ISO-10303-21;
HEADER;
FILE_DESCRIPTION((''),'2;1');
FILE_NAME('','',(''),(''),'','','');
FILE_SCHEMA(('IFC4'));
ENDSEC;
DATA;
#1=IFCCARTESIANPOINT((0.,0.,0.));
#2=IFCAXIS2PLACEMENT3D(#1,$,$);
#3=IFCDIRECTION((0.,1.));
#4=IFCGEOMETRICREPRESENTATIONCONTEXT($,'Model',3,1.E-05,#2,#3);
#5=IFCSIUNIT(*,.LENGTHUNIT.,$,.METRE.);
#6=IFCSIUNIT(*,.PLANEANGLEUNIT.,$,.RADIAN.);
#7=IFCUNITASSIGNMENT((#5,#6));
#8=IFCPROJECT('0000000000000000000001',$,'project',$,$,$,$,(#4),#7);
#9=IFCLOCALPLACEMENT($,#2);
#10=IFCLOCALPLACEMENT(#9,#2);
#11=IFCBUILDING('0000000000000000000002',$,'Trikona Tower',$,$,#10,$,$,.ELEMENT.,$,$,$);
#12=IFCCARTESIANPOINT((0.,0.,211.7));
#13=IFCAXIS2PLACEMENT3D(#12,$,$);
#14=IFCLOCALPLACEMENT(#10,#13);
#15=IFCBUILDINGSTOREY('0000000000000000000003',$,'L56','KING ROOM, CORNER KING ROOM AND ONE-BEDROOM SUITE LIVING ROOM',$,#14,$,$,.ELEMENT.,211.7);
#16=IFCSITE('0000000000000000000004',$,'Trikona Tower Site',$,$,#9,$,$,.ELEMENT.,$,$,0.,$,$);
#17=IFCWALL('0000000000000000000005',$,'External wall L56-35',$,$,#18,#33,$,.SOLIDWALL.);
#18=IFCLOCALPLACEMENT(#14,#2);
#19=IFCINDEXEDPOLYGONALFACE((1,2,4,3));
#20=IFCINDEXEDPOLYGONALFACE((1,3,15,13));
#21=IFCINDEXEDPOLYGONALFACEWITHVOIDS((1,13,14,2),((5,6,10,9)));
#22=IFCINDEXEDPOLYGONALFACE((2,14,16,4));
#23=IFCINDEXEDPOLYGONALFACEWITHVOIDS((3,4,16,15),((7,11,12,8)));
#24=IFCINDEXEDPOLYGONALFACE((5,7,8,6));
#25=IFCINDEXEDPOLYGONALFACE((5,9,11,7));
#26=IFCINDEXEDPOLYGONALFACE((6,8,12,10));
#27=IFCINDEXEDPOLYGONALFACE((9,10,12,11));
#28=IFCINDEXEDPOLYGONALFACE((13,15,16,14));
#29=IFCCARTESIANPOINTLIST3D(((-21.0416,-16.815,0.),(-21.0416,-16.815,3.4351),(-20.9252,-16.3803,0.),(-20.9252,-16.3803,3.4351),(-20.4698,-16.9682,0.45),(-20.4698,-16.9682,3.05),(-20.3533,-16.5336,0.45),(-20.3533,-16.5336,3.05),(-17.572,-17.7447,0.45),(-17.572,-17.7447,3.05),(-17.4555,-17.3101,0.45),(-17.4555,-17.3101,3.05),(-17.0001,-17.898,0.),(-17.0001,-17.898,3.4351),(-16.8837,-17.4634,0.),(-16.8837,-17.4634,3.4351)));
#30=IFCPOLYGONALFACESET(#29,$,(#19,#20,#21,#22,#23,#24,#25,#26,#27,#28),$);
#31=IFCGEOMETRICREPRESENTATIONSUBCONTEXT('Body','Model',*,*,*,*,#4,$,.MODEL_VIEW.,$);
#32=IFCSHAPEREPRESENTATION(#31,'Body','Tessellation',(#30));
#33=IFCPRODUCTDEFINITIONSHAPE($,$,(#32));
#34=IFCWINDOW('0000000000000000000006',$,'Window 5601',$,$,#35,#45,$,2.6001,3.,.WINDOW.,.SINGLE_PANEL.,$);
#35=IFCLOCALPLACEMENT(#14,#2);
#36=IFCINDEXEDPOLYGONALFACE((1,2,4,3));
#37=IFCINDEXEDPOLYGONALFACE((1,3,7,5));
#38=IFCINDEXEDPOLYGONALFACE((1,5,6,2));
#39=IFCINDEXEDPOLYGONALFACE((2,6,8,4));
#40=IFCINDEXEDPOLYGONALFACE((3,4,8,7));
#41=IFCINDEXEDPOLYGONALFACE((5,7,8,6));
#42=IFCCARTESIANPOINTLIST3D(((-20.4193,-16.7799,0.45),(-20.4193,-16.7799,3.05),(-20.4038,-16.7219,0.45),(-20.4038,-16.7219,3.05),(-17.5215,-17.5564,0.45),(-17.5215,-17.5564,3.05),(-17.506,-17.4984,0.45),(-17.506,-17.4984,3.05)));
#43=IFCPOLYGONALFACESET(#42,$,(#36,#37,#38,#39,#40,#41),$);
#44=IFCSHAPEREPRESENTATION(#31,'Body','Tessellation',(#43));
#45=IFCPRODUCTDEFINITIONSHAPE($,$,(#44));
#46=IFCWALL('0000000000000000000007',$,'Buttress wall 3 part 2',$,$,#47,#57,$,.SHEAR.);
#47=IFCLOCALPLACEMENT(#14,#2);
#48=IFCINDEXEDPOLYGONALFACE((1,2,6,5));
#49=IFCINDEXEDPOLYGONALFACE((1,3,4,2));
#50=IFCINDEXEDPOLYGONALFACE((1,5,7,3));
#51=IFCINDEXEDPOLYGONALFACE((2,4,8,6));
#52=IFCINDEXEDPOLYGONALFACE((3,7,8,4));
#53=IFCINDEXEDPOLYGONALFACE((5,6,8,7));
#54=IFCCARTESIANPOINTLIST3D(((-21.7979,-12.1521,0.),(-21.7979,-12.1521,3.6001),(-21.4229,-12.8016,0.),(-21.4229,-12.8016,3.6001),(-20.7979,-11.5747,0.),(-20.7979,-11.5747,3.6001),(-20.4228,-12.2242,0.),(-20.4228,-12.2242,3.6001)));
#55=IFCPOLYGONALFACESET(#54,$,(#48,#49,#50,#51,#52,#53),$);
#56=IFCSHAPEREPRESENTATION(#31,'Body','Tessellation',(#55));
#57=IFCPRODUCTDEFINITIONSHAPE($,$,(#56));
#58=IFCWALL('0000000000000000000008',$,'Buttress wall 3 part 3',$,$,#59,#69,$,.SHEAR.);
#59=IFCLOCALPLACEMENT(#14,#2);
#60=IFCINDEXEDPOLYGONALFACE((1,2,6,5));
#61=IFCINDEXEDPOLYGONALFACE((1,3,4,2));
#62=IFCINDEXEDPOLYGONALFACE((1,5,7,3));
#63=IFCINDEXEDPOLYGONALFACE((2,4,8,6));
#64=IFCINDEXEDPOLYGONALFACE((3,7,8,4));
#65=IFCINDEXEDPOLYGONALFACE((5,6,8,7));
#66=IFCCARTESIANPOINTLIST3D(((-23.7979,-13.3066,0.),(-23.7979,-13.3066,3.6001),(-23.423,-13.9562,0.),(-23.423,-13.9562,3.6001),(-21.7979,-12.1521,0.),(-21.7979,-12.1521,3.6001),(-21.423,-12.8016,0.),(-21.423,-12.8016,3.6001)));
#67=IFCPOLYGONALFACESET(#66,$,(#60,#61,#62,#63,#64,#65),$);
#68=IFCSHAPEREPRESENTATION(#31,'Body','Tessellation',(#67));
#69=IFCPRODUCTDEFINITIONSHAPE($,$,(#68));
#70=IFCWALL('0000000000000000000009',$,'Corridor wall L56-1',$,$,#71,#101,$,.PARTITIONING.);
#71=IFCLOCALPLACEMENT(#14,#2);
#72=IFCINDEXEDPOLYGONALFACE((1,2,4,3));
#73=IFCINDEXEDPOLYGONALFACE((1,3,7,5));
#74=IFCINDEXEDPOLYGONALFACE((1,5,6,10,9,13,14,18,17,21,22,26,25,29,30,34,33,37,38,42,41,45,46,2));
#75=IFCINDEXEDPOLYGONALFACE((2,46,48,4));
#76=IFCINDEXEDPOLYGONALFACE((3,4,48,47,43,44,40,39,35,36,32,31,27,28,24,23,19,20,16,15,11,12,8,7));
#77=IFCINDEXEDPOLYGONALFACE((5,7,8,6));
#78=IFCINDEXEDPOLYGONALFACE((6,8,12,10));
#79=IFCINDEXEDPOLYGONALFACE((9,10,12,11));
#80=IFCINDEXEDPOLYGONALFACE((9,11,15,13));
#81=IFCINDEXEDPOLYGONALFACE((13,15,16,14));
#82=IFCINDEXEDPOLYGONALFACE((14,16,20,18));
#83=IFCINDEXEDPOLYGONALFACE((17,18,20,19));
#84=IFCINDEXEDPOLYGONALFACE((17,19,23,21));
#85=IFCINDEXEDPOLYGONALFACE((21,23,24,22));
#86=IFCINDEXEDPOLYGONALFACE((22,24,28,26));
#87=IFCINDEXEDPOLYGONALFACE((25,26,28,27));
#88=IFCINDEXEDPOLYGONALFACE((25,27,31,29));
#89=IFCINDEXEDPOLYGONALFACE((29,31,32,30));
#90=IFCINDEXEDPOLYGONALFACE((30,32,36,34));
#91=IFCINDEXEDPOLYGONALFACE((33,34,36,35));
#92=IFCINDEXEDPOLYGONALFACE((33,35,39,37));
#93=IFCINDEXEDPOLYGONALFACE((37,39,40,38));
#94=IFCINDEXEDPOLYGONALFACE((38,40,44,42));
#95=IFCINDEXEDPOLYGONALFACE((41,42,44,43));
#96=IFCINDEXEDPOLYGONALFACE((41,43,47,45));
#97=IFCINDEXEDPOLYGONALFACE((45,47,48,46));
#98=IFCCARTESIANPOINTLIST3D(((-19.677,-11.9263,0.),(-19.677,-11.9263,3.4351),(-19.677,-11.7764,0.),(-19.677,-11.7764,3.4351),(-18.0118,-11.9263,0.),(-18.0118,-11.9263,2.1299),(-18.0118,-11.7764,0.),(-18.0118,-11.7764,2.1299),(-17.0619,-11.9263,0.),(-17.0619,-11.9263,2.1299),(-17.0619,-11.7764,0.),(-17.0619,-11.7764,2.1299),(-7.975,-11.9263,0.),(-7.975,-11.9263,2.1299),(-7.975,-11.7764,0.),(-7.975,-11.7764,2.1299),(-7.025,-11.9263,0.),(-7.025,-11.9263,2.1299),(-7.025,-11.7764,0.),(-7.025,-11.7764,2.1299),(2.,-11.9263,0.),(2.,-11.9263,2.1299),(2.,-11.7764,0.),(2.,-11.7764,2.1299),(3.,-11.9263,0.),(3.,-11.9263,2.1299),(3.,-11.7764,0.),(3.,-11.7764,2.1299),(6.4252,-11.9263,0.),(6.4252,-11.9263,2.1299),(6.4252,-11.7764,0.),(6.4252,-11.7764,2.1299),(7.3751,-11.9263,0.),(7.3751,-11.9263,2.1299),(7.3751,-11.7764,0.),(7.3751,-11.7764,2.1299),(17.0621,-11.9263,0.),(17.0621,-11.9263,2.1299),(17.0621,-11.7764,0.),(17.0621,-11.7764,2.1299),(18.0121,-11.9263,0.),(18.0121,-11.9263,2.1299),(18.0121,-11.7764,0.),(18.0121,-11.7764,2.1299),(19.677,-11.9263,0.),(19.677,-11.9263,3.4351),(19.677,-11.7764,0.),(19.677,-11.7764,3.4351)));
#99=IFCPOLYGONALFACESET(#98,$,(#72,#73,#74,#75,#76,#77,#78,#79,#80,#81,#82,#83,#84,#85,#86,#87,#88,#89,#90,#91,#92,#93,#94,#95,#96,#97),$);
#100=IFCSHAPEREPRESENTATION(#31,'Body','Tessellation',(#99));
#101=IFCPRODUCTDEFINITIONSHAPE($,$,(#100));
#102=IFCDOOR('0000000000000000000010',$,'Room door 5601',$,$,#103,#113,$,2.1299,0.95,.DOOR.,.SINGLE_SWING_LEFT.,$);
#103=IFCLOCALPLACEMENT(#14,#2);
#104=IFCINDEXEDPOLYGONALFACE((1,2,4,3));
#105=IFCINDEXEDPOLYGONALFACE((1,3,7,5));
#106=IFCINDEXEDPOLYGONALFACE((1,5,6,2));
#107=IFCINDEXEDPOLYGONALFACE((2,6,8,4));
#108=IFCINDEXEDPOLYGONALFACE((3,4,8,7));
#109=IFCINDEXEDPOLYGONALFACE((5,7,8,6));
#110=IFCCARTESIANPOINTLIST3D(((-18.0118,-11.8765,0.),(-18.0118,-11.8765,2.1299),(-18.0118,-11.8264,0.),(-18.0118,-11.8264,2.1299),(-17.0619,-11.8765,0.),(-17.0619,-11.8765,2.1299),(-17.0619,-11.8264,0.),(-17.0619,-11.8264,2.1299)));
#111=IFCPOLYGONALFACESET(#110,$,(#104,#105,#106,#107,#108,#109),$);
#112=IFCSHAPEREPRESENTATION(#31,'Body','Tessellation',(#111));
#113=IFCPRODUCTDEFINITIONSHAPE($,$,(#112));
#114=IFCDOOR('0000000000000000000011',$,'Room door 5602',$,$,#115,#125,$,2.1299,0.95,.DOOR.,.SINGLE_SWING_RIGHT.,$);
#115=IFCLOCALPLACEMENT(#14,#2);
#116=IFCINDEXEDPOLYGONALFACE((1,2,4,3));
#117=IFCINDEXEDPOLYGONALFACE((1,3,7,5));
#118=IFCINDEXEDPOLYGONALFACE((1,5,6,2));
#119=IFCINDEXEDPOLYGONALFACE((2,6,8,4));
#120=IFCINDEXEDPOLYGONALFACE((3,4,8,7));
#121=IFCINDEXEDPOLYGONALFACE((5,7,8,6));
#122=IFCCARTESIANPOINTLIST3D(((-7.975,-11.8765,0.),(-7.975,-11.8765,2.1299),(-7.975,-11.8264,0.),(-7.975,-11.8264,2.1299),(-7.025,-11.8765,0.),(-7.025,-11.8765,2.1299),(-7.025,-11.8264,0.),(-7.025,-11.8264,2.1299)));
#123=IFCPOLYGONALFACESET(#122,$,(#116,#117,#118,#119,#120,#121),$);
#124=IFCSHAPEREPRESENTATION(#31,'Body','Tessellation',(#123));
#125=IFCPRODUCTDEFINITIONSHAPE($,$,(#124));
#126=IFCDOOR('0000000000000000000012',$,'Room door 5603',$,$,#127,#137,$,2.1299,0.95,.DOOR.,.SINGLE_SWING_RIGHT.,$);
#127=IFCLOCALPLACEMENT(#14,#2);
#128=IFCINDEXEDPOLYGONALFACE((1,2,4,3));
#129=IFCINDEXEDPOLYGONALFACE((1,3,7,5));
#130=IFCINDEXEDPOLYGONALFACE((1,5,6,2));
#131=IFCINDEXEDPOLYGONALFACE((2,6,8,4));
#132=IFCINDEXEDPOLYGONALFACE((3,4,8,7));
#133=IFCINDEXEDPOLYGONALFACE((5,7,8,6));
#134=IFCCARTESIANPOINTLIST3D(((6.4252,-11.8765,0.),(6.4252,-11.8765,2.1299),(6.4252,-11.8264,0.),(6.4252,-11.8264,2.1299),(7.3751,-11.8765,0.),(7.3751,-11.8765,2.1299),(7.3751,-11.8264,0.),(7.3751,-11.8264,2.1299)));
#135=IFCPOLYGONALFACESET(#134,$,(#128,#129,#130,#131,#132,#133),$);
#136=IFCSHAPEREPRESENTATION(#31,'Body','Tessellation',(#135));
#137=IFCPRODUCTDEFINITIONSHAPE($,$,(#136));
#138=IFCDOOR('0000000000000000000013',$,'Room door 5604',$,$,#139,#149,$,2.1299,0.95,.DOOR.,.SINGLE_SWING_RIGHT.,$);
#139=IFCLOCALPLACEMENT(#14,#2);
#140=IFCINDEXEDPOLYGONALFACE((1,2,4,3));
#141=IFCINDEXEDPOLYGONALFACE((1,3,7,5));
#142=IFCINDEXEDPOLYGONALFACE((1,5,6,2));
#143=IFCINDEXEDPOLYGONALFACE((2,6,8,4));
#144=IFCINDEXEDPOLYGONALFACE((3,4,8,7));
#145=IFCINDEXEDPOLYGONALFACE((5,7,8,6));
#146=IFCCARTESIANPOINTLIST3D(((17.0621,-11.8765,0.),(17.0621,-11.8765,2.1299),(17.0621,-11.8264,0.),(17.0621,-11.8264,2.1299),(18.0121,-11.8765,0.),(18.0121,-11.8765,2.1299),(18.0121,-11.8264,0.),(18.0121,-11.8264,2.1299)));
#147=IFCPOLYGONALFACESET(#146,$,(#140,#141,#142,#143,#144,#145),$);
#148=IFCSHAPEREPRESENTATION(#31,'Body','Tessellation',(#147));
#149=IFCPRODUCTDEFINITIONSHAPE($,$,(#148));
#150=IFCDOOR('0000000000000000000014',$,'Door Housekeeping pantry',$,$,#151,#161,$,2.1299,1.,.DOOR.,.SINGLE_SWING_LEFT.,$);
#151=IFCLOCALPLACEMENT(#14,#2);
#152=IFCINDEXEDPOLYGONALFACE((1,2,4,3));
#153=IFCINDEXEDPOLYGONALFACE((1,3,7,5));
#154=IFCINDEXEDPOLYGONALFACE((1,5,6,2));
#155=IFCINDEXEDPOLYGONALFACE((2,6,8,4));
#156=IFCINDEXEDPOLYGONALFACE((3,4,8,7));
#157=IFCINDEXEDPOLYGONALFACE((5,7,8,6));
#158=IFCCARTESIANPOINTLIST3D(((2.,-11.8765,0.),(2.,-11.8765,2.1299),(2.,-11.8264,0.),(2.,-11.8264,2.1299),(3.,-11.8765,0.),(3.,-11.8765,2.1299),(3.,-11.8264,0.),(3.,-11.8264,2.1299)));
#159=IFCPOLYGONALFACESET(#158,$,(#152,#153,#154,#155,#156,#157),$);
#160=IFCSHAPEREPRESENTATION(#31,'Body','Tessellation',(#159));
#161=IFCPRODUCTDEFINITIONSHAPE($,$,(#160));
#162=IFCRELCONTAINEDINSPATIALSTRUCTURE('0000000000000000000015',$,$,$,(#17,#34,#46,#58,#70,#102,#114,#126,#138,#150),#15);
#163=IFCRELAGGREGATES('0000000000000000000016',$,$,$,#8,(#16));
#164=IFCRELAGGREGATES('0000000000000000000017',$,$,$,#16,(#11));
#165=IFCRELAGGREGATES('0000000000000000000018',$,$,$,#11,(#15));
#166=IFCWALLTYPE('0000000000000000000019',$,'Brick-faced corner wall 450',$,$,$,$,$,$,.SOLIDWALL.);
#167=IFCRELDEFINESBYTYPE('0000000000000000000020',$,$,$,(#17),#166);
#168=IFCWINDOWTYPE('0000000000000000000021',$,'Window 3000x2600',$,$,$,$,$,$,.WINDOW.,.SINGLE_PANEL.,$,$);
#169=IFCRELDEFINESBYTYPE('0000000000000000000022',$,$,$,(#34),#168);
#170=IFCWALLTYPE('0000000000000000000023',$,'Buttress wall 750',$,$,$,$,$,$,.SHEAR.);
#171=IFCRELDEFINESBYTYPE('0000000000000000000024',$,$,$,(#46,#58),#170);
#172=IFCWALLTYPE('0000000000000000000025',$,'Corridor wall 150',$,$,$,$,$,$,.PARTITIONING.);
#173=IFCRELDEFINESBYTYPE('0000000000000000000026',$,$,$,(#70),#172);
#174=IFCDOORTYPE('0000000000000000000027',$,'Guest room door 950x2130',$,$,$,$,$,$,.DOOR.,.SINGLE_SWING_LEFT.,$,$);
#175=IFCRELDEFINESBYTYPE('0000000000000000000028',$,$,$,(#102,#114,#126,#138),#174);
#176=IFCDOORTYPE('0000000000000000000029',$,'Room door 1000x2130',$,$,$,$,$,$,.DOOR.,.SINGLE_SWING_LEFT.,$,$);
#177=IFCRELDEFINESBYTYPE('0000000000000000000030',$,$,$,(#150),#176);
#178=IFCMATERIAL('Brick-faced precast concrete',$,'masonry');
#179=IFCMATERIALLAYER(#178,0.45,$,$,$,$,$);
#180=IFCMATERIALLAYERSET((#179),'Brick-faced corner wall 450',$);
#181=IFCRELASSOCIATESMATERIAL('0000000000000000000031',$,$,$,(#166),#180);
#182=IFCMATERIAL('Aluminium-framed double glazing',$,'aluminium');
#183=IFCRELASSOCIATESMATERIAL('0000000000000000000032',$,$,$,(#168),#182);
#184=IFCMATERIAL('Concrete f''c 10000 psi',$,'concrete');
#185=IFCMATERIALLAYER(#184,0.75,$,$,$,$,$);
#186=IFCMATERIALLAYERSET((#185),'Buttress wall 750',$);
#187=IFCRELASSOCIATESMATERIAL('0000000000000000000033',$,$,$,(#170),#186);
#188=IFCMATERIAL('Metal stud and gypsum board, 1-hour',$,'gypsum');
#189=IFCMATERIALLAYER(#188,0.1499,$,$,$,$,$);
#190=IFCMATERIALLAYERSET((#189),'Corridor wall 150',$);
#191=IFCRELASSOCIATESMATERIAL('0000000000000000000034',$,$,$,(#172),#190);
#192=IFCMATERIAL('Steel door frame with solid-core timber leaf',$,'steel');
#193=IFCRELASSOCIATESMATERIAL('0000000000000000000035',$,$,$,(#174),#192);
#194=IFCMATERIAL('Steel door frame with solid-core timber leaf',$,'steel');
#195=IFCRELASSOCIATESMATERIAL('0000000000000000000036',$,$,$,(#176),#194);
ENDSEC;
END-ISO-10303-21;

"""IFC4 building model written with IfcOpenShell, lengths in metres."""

from ifc_helpers import new_model, si_unit, direction, frame, frame_2d, origin, place, context, subcontext, project, spatial, rectangle, extrude, material, layer, layer_set, type_object, element, fill, save


model = new_model("IFC4")

# Units and contexts
model_context = context("Model", 3, precision=1e-05, world=origin(), true_north=direction((0.0, 1.0)))
body_context = subcontext(model_context, "Body", "Model", "MODEL_VIEW")
ifc_project = project(units=[si_unit("LENGTHUNIT", "METRE"), si_unit("PLANEANGLEUNIT", "RADIAN")], contexts=[model_context])

# Site, building, storey
site_placement = place(None, origin())
site = spatial("IfcSite", under=ifc_project, at=site_placement, Name="Trikona Tower Site", CompositionType="ELEMENT", RefElevation=0.0)
building_placement = place(site_placement, origin())
building = spatial("IfcBuilding", under=site, at=building_placement, Name="Trikona Tower", CompositionType="ELEMENT")
storey_placement = place(building_placement, frame((0.0, 0.0, 211.7)))
storey = spatial("IfcBuildingStorey", under=building, at=storey_placement, Name="L56", Description="KING ROOM, CORNER KING ROOM AND ONE-BEDROOM SUITE LIVING ROOM", CompositionType="ELEMENT", Elevation=211.7)

# Wall, opening, window
ifc_material_1 = material(Name="Brick-faced precast concrete", Category="masonry")
ifc_layer_1 = layer(ifc_material_1, 0.45)
ifc_layer_set_1 = layer_set([ifc_layer_1], Name="Brick-faced corner wall 450")
wall_type_1 = type_object("IfcWallType", Name="Brick-faced corner wall 450", PredefinedType="SOLIDWALL", material=ifc_layer_set_1)
wall_1_placement = place(storey_placement, frame((-20.9834, -16.5977, 0.0), z_axis=(0.0, 0.0, 1.0), x_axis=(0.96592, -0.258839, 0.0)))
wall_1 = element("IfcWall", 1, at=wall_1_placement, inside=storey, type_object=wall_type_1, Name="External wall L56-35", PredefinedType="SOLIDWALL", context=body_context, shape_type="SweptSolid", body=[
    extrude(rectangle(XDim=4.1841, YDim=0.45, at=frame_2d((2.092, 0.0))), origin(), (0.0, 0.0, 1.0), 3.4351),
])
opening_1_placement = place(wall_1_placement, frame((0.592, 0.0, 0.45)))
opening_1 = element("IfcOpeningElement", 2, at=opening_1_placement, cuts=wall_1, PredefinedType="OPENING", context=body_context, shape_type="SweptSolid", body=[
    extrude(rectangle(XDim=3.0, YDim=2.6001, at=frame_2d((1.5, 1.3))), frame((0.0, 0.2349, 0.0), z_axis=(0.0, -1.0, 0.0), x_axis=(1.0, 0.0, 0.0)), (0.0, 0.0, 1.0), 0.47),
])
ifc_material_2 = material(Name="Aluminium-framed double glazing", Category="aluminium")
window_type_1 = type_object("IfcWindowType", Name="Window 3000x2600", PartitioningType="SINGLE_PANEL", PredefinedType="WINDOW", material=ifc_material_2)
window_1_placement = place(opening_1_placement, origin())
window_1 = element("IfcWindow", 3, at=window_1_placement, inside=storey, type_object=window_type_1, Name="Window 5601", OverallHeight=2.6001, OverallWidth=3.0, PartitioningType="SINGLE_PANEL", PredefinedType="WINDOW", context=body_context, shape_type="SweptSolid", body=[
    extrude(rectangle(XDim=3.0, YDim=2.6001, at=frame_2d((1.5, 1.3))), frame((0.0, 0.03, 0.0), z_axis=(0.0, -1.0, 0.0), x_axis=(1.0, 0.0, 0.0)), (0.0, 0.0, 1.0), 0.0601),
])
fill(opening_1, window_1)

# Walls
ifc_material_3 = material(Name="Concrete f'c 10000 psi", Category="concrete")
ifc_layer_2 = layer(ifc_material_3, 0.75)
ifc_layer_set_2 = layer_set([ifc_layer_2], Name="Buttress wall 750")
wall_type_2 = type_object("IfcWallType", Name="Buttress wall 750", PredefinedType="SHEAR", material=ifc_layer_set_2)
wall_2_placement = place(storey_placement, frame((-20.6104, -11.8994, 0.0), z_axis=(0.0, 0.0, 1.0), x_axis=(-0.86601, -0.500027, 0.0)))
element("IfcWall", 4, at=wall_2_placement, inside=storey, type_object=wall_type_2, Name="Buttress wall 3 part 2", PredefinedType="SHEAR", context=body_context, shape_type="SweptSolid", body=[
    extrude(rectangle(XDim=1.1548, YDim=0.75, at=frame_2d((0.5774, 0.0))), origin(), (0.0, 0.0, 1.0), 3.6001),
])
wall_3_placement = place(storey_placement, frame((-21.6104, -12.4768, 0.0), z_axis=(0.0, 0.0, 1.0), x_axis=(-0.866055, -0.499948, 0.0)))
element("IfcWall", 5, at=wall_3_placement, inside=storey, type_object=wall_type_2, Name="Buttress wall 3 part 3", PredefinedType="SHEAR", context=body_context, shape_type="SweptSolid", body=[
    extrude(rectangle(XDim=2.3093, YDim=0.75, at=frame_2d((1.1548, 0.0))), origin(), (0.0, 0.0, 1.0), 3.6001),
])

# Wall, openings, doors
ifc_material_4 = material(Name="Metal stud and gypsum board, 1-hour", Category="gypsum")
ifc_layer_3 = layer(ifc_material_4, 0.1499)
ifc_layer_set_3 = layer_set([ifc_layer_3], Name="Corridor wall 150")
wall_type_3 = type_object("IfcWallType", Name="Corridor wall 150", PredefinedType="PARTITIONING", material=ifc_layer_set_3)
wall_4_placement = place(storey_placement, frame((-19.677, -11.8513, 0.0), z_axis=(0.0, 0.0, 1.0), x_axis=(1.0, 0.0, 0.0)))
wall_4 = element("IfcWall", 6, at=wall_4_placement, inside=storey, type_object=wall_type_3, Name="Corridor wall L56-1", PredefinedType="PARTITIONING", context=body_context, shape_type="SweptSolid", body=[
    extrude(rectangle(XDim=39.354, YDim=0.1499, at=frame_2d((19.677, 0.0))), origin(), (0.0, 0.0, 1.0), 3.4351),
])
opening_2_placement = place(wall_4_placement, frame((1.665, 0.0, 0.0)))
opening_2 = element("IfcOpeningElement", 7, at=opening_2_placement, cuts=wall_4, PredefinedType="OPENING", context=body_context, shape_type="SweptSolid", body=[
    extrude(rectangle(XDim=0.95, YDim=2.1299, at=frame_2d((0.4751, 1.0649))), frame((0.0, 0.085, 0.0), z_axis=(0.0, -1.0, 0.0), x_axis=(1.0, 0.0, 0.0)), (0.0, 0.0, 1.0), 0.1699),
])
opening_3_placement = place(wall_4_placement, frame((11.7019, 0.0, 0.0)))
opening_3 = element("IfcOpeningElement", 8, at=opening_3_placement, cuts=wall_4, PredefinedType="OPENING", context=body_context, shape_type="SweptSolid", body=[
    extrude(rectangle(XDim=0.95, YDim=2.1299, at=frame_2d((0.4751, 1.0649))), frame((0.0, 0.085, 0.0), z_axis=(0.0, -1.0, 0.0), x_axis=(1.0, 0.0, 0.0)), (0.0, 0.0, 1.0), 0.1699),
])
opening_4_placement = place(wall_4_placement, frame((21.677, 0.0, 0.0)))
opening_4 = element("IfcOpeningElement", 9, at=opening_4_placement, cuts=wall_4, PredefinedType="OPENING", context=body_context, shape_type="SweptSolid", body=[
    extrude(rectangle(XDim=1.0, YDim=2.1299, at=frame_2d((0.5, 1.0649))), frame((0.0, 0.085, 0.0), z_axis=(0.0, -1.0, 0.0), x_axis=(1.0, 0.0, 0.0)), (0.0, 0.0, 1.0), 0.1699),
])
opening_5_placement = place(wall_4_placement, frame((26.1021, 0.0, 0.0)))
opening_5 = element("IfcOpeningElement", 10, at=opening_5_placement, cuts=wall_4, PredefinedType="OPENING", context=body_context, shape_type="SweptSolid", body=[
    extrude(rectangle(XDim=0.95, YDim=2.1299, at=frame_2d((0.4751, 1.0649))), frame((0.0, 0.085, 0.0), z_axis=(0.0, -1.0, 0.0), x_axis=(1.0, 0.0, 0.0)), (0.0, 0.0, 1.0), 0.1699),
])
opening_6_placement = place(wall_4_placement, frame((36.739, 0.0, 0.0)))
opening_6 = element("IfcOpeningElement", 11, at=opening_6_placement, cuts=wall_4, PredefinedType="OPENING", context=body_context, shape_type="SweptSolid", body=[
    extrude(rectangle(XDim=0.95, YDim=2.1299, at=frame_2d((0.4751, 1.0649))), frame((0.0, 0.085, 0.0), z_axis=(0.0, -1.0, 0.0), x_axis=(1.0, 0.0, 0.0)), (0.0, 0.0, 1.0), 0.1699),
])
ifc_material_5 = material(Name="Steel door frame with solid-core timber leaf", Category="steel")
door_type_1 = type_object("IfcDoorType", Name="Guest room door 950x2130", OperationType="SINGLE_SWING_LEFT", PredefinedType="DOOR", material=ifc_material_5)
door_1_placement = place(opening_2_placement, origin())
door_1 = element("IfcDoor", 12, at=door_1_placement, inside=storey, type_object=door_type_1, Name="Room door 5601", OperationType="SINGLE_SWING_LEFT", OverallHeight=2.1299, OverallWidth=0.95, PredefinedType="DOOR", context=body_context, shape_type="SweptSolid", body=[
    extrude(rectangle(XDim=0.95, YDim=2.1299, at=frame_2d((0.4751, 1.0649))), frame((0.0, 0.0249, 0.0), z_axis=(0.0, -1.0, 0.0), x_axis=(1.0, 0.0, 0.0)), (0.0, 0.0, 1.0), 0.05),
])
fill(opening_2, door_1)
door_2_placement = place(opening_3_placement, origin())
door_2 = element("IfcDoor", 13, at=door_2_placement, inside=storey, type_object=door_type_1, Name="Room door 5602", OperationType="SINGLE_SWING_RIGHT", OverallHeight=2.1299, OverallWidth=0.95, PredefinedType="DOOR", context=body_context, shape_type="SweptSolid", body=[
    extrude(rectangle(XDim=0.95, YDim=2.1299, at=frame_2d((0.4751, 1.0649))), frame((0.0, 0.0249, 0.0), z_axis=(0.0, -1.0, 0.0), x_axis=(1.0, 0.0, 0.0)), (0.0, 0.0, 1.0), 0.05),
])
fill(opening_3, door_2)
door_3_placement = place(opening_5_placement, origin())
door_3 = element("IfcDoor", 14, at=door_3_placement, inside=storey, type_object=door_type_1, Name="Room door 5603", OperationType="SINGLE_SWING_RIGHT", OverallHeight=2.1299, OverallWidth=0.95, PredefinedType="DOOR", context=body_context, shape_type="SweptSolid", body=[
    extrude(rectangle(XDim=0.95, YDim=2.1299, at=frame_2d((0.4751, 1.0649))), frame((0.0, 0.0249, 0.0), z_axis=(0.0, -1.0, 0.0), x_axis=(1.0, 0.0, 0.0)), (0.0, 0.0, 1.0), 0.05),
])
fill(opening_5, door_3)
door_4_placement = place(opening_6_placement, origin())
door_4 = element("IfcDoor", 15, at=door_4_placement, inside=storey, type_object=door_type_1, Name="Room door 5604", OperationType="SINGLE_SWING_RIGHT", OverallHeight=2.1299, OverallWidth=0.95, PredefinedType="DOOR", context=body_context, shape_type="SweptSolid", body=[
    extrude(rectangle(XDim=0.95, YDim=2.1299, at=frame_2d((0.4751, 1.0649))), frame((0.0, 0.0249, 0.0), z_axis=(0.0, -1.0, 0.0), x_axis=(1.0, 0.0, 0.0)), (0.0, 0.0, 1.0), 0.05),
])
fill(opening_6, door_4)
ifc_material_6 = material(Name="Steel door frame with solid-core timber leaf", Category="steel")
door_type_2 = type_object("IfcDoorType", Name="Room door 1000x2130", OperationType="SINGLE_SWING_LEFT", PredefinedType="DOOR", material=ifc_material_6)
door_5_placement = place(opening_4_placement, origin())
door_5 = element("IfcDoor", 16, at=door_5_placement, inside=storey, type_object=door_type_2, Name="Door Housekeeping pantry", OperationType="SINGLE_SWING_LEFT", OverallHeight=2.1299, OverallWidth=1.0, PredefinedType="DOOR", context=body_context, shape_type="SweptSolid", body=[
    extrude(rectangle(XDim=1.0, YDim=2.1299, at=frame_2d((0.5, 1.0649))), frame((0.0, 0.0249, 0.0), z_axis=(0.0, -1.0, 0.0), x_axis=(1.0, 0.0, 0.0)), (0.0, 0.0, 1.0), 0.05),
])
fill(opening_4, door_5)

save(model, "model.ifc")
